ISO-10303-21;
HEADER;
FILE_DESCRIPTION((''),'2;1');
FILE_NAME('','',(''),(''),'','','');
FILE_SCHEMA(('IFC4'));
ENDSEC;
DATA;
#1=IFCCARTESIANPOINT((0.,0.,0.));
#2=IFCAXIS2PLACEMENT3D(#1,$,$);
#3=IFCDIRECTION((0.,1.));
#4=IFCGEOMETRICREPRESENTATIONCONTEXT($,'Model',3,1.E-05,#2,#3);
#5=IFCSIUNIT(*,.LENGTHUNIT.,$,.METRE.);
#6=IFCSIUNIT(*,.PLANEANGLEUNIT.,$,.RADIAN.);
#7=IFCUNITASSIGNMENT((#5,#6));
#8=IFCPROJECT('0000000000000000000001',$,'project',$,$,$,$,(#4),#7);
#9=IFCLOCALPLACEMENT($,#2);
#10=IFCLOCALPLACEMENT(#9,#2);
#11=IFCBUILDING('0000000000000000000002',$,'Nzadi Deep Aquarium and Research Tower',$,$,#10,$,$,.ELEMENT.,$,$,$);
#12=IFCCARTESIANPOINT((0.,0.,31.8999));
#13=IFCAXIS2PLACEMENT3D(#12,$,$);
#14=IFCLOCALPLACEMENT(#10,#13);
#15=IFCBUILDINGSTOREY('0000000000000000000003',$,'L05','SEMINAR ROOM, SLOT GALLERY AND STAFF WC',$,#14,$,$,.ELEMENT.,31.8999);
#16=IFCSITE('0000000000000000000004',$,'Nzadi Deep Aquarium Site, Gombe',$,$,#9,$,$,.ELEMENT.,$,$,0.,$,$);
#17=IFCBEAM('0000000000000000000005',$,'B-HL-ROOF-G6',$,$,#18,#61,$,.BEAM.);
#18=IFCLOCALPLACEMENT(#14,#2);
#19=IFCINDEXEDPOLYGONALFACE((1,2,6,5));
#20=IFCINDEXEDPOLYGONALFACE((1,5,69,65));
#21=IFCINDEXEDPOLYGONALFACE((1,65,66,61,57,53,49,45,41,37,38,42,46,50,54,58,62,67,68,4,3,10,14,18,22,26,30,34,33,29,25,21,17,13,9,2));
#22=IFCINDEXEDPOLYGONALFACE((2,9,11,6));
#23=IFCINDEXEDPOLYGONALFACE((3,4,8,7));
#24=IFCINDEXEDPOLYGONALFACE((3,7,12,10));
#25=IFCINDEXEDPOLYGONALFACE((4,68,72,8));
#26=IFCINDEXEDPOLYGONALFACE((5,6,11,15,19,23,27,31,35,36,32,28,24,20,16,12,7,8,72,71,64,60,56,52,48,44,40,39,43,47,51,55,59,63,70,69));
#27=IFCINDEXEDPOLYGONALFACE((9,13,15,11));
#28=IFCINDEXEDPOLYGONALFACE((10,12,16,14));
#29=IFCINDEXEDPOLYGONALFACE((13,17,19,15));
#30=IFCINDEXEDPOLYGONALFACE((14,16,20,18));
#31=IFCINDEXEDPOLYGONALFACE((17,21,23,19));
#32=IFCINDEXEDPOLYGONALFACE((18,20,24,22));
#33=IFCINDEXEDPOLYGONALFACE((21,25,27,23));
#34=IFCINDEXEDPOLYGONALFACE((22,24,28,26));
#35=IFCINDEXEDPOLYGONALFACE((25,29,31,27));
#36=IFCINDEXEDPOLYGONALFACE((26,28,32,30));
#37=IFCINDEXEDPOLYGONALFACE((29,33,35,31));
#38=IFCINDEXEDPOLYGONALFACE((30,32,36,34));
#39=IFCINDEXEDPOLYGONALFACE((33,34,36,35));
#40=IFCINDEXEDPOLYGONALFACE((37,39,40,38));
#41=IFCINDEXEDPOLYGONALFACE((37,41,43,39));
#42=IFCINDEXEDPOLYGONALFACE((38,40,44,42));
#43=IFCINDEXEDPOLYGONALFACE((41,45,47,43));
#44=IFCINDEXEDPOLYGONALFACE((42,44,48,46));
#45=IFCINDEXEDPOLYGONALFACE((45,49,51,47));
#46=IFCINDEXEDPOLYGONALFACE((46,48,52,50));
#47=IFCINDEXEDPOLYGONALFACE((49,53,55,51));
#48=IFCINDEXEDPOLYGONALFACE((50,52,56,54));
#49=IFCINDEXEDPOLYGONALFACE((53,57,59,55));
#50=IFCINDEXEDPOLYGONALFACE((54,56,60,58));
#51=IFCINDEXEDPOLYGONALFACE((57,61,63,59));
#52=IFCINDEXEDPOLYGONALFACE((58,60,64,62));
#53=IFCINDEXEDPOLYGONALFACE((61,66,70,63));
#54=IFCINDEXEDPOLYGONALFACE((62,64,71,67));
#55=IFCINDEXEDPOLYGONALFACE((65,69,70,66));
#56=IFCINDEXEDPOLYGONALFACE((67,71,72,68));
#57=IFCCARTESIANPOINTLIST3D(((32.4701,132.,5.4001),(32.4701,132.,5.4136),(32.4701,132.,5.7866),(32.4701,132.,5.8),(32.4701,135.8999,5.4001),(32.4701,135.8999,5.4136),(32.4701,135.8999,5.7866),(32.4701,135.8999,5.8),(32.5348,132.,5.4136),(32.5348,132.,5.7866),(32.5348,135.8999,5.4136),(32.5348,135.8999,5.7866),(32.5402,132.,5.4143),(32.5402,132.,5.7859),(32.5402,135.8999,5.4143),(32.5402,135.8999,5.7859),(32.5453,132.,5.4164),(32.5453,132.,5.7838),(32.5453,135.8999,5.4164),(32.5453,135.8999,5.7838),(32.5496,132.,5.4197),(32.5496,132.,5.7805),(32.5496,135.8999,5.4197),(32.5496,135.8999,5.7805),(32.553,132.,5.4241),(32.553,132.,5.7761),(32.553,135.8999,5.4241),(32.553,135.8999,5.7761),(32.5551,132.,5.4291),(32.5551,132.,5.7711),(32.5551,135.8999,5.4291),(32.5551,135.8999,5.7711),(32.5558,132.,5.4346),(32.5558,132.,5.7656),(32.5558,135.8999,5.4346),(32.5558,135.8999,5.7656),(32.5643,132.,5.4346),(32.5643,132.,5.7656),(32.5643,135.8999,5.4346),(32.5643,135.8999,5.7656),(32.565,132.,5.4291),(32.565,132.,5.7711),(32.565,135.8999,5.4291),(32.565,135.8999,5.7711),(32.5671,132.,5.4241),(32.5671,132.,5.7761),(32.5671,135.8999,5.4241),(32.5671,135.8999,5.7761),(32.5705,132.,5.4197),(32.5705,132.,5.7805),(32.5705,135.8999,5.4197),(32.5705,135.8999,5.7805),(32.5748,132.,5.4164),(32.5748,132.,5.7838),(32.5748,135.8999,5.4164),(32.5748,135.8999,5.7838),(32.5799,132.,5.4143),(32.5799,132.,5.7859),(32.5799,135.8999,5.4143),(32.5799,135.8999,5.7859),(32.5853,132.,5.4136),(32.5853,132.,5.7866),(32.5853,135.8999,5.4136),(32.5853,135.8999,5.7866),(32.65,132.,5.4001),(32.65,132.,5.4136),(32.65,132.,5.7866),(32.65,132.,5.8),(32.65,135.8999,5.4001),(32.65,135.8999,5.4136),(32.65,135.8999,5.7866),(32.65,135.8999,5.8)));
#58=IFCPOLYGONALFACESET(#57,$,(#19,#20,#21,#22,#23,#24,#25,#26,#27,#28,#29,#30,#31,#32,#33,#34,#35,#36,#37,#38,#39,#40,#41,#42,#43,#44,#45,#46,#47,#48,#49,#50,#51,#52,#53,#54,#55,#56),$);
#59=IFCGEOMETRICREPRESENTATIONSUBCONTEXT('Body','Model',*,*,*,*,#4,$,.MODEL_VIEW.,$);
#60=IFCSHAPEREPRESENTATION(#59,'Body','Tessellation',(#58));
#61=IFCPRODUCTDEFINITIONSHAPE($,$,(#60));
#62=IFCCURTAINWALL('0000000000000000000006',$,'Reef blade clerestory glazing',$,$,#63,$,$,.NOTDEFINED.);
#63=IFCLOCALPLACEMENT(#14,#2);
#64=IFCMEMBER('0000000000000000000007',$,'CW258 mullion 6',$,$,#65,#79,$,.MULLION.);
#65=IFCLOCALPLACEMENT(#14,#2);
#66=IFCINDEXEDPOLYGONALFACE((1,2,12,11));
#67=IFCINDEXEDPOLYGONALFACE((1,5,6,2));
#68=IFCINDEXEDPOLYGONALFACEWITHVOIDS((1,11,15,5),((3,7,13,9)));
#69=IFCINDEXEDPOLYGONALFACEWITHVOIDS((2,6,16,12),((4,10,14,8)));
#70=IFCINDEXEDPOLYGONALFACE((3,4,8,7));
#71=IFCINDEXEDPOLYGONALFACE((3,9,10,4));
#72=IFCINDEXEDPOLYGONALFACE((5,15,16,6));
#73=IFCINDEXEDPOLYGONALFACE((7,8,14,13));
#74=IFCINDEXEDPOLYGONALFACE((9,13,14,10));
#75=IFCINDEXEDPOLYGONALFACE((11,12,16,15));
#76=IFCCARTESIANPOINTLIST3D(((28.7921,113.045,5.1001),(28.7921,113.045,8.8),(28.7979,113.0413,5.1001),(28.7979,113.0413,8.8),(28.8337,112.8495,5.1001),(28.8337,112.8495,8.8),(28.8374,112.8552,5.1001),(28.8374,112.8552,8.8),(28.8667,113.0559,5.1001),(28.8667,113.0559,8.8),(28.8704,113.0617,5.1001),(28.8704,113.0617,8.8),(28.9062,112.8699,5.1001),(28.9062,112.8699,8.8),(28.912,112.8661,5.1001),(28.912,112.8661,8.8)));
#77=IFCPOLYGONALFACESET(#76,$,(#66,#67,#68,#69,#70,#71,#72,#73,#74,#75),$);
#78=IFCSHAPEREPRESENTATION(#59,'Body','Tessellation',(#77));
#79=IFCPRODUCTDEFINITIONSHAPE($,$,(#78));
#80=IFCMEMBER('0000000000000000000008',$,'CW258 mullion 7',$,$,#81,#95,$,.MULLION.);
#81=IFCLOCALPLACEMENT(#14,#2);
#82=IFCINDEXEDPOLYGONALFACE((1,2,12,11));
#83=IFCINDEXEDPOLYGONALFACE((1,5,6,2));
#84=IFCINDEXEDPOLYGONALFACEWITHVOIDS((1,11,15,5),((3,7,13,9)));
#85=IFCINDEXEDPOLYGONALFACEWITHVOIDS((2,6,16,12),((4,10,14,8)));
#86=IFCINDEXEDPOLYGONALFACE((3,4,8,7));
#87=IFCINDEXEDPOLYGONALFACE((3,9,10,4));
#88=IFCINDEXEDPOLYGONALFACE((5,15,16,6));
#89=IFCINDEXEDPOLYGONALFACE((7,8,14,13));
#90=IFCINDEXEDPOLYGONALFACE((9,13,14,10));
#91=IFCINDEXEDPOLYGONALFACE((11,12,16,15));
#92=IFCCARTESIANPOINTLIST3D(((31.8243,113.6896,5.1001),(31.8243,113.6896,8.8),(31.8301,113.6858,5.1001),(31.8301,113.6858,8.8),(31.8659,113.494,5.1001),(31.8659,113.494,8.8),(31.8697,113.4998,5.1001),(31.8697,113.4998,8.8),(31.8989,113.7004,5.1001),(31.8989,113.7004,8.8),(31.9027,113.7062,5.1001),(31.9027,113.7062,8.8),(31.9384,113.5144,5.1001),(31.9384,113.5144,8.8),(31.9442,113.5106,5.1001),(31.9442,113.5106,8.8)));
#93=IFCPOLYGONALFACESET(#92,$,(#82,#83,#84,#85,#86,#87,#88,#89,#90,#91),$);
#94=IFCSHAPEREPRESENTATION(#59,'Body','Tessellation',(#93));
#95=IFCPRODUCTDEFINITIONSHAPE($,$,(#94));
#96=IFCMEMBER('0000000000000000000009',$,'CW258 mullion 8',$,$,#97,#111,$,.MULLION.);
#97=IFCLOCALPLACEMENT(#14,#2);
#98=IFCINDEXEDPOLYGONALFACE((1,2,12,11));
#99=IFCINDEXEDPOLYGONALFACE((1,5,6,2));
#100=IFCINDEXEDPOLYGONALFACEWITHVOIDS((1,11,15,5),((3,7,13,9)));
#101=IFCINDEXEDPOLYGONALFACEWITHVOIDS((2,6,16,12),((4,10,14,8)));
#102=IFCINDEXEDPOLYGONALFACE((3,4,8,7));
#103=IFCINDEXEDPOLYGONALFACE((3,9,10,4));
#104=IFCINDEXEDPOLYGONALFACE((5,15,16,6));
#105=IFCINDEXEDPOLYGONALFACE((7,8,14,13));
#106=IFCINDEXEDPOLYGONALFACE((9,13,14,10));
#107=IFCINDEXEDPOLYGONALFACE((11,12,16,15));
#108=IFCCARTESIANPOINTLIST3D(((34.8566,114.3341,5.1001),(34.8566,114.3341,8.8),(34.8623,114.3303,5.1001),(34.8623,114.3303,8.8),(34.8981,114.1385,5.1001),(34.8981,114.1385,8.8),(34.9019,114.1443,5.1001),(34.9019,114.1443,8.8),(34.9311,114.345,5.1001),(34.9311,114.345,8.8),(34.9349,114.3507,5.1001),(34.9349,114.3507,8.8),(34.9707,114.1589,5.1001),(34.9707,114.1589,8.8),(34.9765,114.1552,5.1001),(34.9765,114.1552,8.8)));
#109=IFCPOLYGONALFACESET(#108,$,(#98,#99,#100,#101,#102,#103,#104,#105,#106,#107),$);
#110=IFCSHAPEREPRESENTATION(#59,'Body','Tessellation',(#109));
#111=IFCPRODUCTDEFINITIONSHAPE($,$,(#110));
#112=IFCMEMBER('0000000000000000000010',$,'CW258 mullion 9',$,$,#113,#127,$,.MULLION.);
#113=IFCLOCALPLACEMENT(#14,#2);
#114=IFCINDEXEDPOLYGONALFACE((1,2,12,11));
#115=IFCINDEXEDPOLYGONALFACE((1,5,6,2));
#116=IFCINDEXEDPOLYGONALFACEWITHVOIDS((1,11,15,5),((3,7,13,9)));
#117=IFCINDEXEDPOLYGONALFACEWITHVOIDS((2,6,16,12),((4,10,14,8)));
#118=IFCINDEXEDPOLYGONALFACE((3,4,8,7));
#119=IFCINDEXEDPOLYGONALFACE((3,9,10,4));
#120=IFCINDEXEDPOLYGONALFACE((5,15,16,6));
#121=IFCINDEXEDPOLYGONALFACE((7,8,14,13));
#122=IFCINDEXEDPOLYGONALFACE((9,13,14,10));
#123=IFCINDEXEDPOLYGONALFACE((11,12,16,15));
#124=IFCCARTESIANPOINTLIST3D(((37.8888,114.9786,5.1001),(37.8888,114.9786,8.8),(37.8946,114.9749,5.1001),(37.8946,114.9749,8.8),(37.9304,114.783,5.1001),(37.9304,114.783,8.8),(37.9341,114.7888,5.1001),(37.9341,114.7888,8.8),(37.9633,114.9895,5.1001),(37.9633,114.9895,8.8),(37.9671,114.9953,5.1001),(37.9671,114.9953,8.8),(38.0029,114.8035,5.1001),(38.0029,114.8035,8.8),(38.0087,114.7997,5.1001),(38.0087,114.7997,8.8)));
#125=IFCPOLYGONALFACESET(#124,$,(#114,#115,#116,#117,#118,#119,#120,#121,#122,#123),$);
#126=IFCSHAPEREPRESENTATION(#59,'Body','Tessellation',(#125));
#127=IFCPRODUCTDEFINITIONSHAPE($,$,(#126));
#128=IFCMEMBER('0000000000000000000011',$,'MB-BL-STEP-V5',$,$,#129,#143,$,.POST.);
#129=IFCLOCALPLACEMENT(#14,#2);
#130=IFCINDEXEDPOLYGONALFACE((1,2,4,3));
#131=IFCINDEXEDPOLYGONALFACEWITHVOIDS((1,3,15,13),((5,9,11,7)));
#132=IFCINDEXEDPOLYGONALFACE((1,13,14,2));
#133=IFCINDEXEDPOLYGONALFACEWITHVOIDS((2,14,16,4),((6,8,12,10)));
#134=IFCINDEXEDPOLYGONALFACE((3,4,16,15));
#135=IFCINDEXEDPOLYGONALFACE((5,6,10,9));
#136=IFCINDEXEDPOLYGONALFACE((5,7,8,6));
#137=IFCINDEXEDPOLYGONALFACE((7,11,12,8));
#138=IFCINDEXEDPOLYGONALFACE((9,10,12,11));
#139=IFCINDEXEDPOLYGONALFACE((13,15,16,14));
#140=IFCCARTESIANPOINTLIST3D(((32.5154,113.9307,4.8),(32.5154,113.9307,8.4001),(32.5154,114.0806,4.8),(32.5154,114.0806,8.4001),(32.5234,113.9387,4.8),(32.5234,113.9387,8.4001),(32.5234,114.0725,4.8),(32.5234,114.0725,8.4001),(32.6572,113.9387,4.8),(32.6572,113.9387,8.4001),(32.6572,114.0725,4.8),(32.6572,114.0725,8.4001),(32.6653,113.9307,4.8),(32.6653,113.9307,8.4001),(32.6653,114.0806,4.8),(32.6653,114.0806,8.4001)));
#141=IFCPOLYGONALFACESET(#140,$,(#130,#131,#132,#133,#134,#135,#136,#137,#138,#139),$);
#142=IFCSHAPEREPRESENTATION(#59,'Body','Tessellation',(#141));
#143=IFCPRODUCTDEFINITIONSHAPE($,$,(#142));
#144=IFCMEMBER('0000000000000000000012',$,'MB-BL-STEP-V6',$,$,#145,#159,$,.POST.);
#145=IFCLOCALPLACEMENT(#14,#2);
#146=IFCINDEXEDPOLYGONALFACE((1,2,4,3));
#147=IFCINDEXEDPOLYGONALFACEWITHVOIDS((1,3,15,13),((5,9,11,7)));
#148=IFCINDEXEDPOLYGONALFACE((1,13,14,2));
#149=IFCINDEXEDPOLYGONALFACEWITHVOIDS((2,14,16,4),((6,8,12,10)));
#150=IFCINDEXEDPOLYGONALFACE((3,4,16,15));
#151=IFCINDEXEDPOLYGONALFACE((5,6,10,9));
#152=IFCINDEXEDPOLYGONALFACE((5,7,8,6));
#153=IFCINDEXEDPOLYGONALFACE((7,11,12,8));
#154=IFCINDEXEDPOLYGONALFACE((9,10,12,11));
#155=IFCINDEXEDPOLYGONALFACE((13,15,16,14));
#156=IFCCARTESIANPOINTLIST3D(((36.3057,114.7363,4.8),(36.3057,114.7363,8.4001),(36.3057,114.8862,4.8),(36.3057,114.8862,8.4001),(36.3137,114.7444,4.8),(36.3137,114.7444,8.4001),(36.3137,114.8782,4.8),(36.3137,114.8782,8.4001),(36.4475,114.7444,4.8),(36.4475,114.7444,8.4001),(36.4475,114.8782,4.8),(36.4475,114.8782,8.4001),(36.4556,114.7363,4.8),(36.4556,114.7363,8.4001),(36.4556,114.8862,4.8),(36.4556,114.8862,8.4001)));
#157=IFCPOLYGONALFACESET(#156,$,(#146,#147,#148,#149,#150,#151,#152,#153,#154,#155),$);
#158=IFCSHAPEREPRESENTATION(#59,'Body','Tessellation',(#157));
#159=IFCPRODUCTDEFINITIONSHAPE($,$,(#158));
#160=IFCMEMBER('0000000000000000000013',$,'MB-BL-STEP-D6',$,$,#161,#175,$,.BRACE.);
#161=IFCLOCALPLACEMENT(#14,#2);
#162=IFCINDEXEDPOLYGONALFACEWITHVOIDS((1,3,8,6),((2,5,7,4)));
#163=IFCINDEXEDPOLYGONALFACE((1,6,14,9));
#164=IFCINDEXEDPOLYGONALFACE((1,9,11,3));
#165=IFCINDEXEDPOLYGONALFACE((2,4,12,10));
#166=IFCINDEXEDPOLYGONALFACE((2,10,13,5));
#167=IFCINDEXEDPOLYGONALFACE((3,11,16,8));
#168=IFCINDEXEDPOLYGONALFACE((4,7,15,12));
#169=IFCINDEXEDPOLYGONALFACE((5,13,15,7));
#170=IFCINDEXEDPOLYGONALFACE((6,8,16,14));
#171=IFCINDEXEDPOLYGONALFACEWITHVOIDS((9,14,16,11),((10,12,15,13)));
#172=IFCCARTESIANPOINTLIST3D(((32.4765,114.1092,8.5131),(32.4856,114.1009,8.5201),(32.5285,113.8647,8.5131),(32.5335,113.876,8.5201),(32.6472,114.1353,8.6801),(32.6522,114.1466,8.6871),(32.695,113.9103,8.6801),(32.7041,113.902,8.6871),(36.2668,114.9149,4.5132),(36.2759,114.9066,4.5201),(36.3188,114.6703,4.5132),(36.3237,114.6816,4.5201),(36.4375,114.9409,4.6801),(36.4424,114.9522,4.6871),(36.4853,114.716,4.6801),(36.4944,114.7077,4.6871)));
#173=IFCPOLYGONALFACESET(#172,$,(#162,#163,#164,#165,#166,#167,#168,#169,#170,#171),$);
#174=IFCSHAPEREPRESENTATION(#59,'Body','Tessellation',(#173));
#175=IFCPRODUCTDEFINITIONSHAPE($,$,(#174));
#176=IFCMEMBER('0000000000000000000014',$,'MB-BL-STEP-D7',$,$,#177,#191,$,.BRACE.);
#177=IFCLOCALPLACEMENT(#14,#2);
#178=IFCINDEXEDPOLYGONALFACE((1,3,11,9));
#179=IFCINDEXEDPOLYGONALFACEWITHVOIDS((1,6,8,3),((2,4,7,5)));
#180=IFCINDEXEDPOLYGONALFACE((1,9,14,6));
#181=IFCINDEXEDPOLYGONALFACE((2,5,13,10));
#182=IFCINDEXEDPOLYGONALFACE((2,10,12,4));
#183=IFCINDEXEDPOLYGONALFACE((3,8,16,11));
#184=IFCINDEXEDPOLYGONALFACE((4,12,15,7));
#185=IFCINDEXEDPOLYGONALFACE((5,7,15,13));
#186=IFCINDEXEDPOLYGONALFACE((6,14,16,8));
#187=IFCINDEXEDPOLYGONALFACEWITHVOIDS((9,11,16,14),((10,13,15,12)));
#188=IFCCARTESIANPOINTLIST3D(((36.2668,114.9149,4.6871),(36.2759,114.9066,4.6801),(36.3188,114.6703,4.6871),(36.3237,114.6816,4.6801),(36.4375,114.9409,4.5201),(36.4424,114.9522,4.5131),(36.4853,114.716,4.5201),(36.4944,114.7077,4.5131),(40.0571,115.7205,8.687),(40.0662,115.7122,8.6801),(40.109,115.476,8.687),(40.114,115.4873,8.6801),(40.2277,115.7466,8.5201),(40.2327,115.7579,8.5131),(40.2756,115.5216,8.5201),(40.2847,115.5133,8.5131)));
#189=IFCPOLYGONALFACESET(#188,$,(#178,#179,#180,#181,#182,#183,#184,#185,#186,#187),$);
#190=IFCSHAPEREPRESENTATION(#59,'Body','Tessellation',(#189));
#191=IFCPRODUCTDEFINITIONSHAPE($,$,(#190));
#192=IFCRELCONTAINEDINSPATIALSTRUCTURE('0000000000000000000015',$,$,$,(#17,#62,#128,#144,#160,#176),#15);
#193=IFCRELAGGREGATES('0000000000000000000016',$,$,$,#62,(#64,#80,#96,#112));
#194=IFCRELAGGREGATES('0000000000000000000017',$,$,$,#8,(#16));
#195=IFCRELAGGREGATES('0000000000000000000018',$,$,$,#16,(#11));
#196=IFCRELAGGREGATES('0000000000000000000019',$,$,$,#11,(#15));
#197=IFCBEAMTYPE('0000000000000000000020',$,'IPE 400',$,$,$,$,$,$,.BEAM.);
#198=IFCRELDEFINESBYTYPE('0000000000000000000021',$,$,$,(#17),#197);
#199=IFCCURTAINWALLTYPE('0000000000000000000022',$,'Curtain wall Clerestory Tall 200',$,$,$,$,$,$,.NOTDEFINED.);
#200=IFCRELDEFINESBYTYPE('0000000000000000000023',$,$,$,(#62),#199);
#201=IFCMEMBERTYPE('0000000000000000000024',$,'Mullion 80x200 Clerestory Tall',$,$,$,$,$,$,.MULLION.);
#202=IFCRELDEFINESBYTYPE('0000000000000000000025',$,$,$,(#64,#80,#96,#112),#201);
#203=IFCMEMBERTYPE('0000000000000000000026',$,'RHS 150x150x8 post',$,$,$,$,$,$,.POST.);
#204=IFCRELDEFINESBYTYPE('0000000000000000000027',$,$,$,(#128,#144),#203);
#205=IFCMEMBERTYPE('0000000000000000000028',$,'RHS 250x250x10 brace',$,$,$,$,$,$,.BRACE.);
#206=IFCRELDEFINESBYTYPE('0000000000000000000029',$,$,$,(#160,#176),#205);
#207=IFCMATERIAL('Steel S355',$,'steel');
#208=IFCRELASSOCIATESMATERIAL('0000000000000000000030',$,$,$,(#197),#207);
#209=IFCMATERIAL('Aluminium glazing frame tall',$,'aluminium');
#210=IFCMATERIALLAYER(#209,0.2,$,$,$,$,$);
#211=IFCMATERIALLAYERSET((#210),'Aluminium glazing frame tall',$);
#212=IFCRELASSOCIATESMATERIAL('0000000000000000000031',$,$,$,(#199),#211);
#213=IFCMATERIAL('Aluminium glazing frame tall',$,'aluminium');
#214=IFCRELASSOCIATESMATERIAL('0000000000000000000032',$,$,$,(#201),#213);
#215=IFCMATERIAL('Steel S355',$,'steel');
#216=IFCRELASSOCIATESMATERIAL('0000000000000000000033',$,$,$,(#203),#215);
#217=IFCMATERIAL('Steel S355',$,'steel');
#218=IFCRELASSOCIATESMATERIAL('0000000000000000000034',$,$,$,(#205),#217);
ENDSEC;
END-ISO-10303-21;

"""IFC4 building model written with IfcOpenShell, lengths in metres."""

from ifc_helpers import new_model, si_unit, direction, frame, origin, origin_2d, place, context, subcontext, project, spatial, hollow_rectangle, i_section, extrude, material, layer, layer_set, material_profile, profile_set, type_object, element, aggregate, save


model = new_model("IFC4")

# Units and contexts
model_context = context("Model", 3, precision=1e-05, world=origin(), true_north=direction((0.0, 1.0)))
body_context = subcontext(model_context, "Body", "Model", "MODEL_VIEW")
ifc_project = project(units=[si_unit("LENGTHUNIT", "METRE"), si_unit("PLANEANGLEUNIT", "RADIAN")], contexts=[model_context])

# Site, building, storey
site_placement = place(None, origin())
site = spatial("IfcSite", under=ifc_project, at=site_placement, Name="Nzadi Deep Aquarium Site, Gombe", CompositionType="ELEMENT", RefElevation=0.0)
building_placement = place(site_placement, origin())
building = spatial("IfcBuilding", under=site, at=building_placement, Name="Nzadi Deep Aquarium and Research Tower", CompositionType="ELEMENT")
storey_placement = place(building_placement, frame((0.0, 0.0, 31.8999)))
storey = spatial("IfcBuildingStorey", under=building, at=storey_placement, Name="L05", Description="SEMINAR ROOM, SLOT GALLERY AND STAFF WC", CompositionType="ELEMENT", Elevation=31.8999)

# Beam
ifc_material_1 = material(Name="Steel S355", Category="steel")
ifc_material_profile_1 = material_profile(ifc_material_1, i_section(OverallWidth=0.1799, OverallDepth=0.3999, WebThickness=0.0085, FlangeThickness=0.0134, FilletRadius=0.021, at=origin_2d()))
ifc_profile_set_1 = profile_set([ifc_material_profile_1], Name="Steel S355")
beam_type = type_object("IfcBeamType", Name="IPE 400", PredefinedType="BEAM", material=ifc_profile_set_1)
beam_placement = place(storey_placement, frame((32.5601, 132.0, 5.6001), z_axis=(0.0, 1.0, 0.0), x_axis=(-1.0, 0.0, 0.0)))
element("IfcBeam", 1, at=beam_placement, inside=storey, type_object=beam_type, Name="B-HL-ROOF-G6", PredefinedType="BEAM", context=body_context, shape_type="SweptSolid", body=[
    extrude(i_section(OverallWidth=0.1799, OverallDepth=0.3999, WebThickness=0.0085, FlangeThickness=0.0134, FilletRadius=0.021, at=origin_2d()), origin(), (0.0, 0.0, 1.0), 3.8999),
])

# Curtain wall, members
ifc_material_2 = material(Name="Aluminium glazing frame tall", Category="aluminium")
ifc_layer_1 = layer(ifc_material_2, 0.2)
ifc_layer_set_1 = layer_set([ifc_layer_1], Name="Aluminium glazing frame tall")
curtain_wall_type = type_object("IfcCurtainWallType", Name="Curtain wall Clerestory Tall 200", PredefinedType="NOTDEFINED", material=ifc_layer_set_1)
curtain_wall_placement = place(storey_placement, origin())
curtain_wall = element("IfcCurtainWall", 2, at=curtain_wall_placement, inside=storey, type_object=curtain_wall_type, Name="Reef blade clerestory glazing", PredefinedType="NOTDEFINED")
ifc_material_3 = material(Name="Aluminium glazing frame tall", Category="aluminium")
ifc_material_profile_2 = material_profile(ifc_material_3, hollow_rectangle(XDim=0.2, YDim=0.0801, WallThickness=0.0049, at=origin_2d()))
ifc_profile_set_2 = profile_set([ifc_material_profile_2], Name="Aluminium glazing frame tall")
member_type_1 = type_object("IfcMemberType", Name="Mullion 80x200 Clerestory Tall", PredefinedType="MULLION", material=ifc_profile_set_2)
member_1_placement = place(storey_placement, frame((28.8521, 112.9556, 5.1001), z_axis=(0.0, 0.0, 1.0), x_axis=(-0.207912, 0.978148, 0.0)))
member_1 = element("IfcMember", 3, at=member_1_placement, type_object=member_type_1, Name="CW258 mullion 6", PredefinedType="MULLION", context=body_context, shape_type="SweptSolid", body=[
    extrude(hollow_rectangle(XDim=0.2, YDim=0.0801, WallThickness=0.0049, at=origin_2d()), origin(), (0.0, 0.0, 1.0), 3.7),
])
member_2_placement = place(storey_placement, frame((31.8843, 113.6001, 5.1001), z_axis=(0.0, 0.0, 1.0), x_axis=(-0.207912, 0.978148, 0.0)))
member_2 = element("IfcMember", 4, at=member_2_placement, type_object=member_type_1, Name="CW258 mullion 7", PredefinedType="MULLION", context=body_context, shape_type="SweptSolid", body=[
    extrude(hollow_rectangle(XDim=0.2, YDim=0.0801, WallThickness=0.0049, at=origin_2d()), origin(), (0.0, 0.0, 1.0), 3.7),
])
member_3_placement = place(storey_placement, frame((34.9165, 114.2446, 5.1001), z_axis=(0.0, 0.0, 1.0), x_axis=(-0.207912, 0.978148, 0.0)))
member_3 = element("IfcMember", 5, at=member_3_placement, type_object=member_type_1, Name="CW258 mullion 8", PredefinedType="MULLION", context=body_context, shape_type="SweptSolid", body=[
    extrude(hollow_rectangle(XDim=0.2, YDim=0.0801, WallThickness=0.0049, at=origin_2d()), origin(), (0.0, 0.0, 1.0), 3.7),
])
member_4_placement = place(storey_placement, frame((37.9487, 114.8892, 5.1001), z_axis=(0.0, 0.0, 1.0), x_axis=(-0.207912, 0.978148, 0.0)))
member_4 = element("IfcMember", 6, at=member_4_placement, type_object=member_type_1, Name="CW258 mullion 9", PredefinedType="MULLION", context=body_context, shape_type="SweptSolid", body=[
    extrude(hollow_rectangle(XDim=0.2, YDim=0.0801, WallThickness=0.0049, at=origin_2d()), origin(), (0.0, 0.0, 1.0), 3.7),
])

# Members
ifc_material_4 = material(Name="Steel S355", Category="steel")
ifc_material_profile_3 = material_profile(ifc_material_4, hollow_rectangle(XDim=0.1499, YDim=0.1499, WallThickness=0.0081, at=origin_2d()))
ifc_profile_set_3 = profile_set([ifc_material_profile_3], Name="Steel S355")
member_type_2 = type_object("IfcMemberType", Name="RHS 150x150x8 post", PredefinedType="POST", material=ifc_profile_set_3)
for number, where, z_axis, x_axis, name in (
    (7, (32.5903, 114.0056, 4.8), (0.0, 0.0, 1.0), (1.0, 0.0, 0.0), "MB-BL-STEP-V5"),
    (8, (36.3806, 114.8113, 4.8), (0.0, 0.0, 1.0), (1.0, 0.0, 0.0), "MB-BL-STEP-V6"),
):
    element("IfcMember", number, at=place(storey_placement, frame(where, z_axis=z_axis, x_axis=x_axis)), inside=storey, type_object=member_type_2, Name=name, PredefinedType="POST", context=body_context, shape_type="SweptSolid", body=[
        extrude(hollow_rectangle(XDim=0.1499, YDim=0.1499, WallThickness=0.0081, at=origin_2d()), origin(), (0.0, 0.0, 1.0), 3.6001),
    ])
ifc_material_5 = material(Name="Steel S355", Category="steel")
ifc_material_profile_4 = material_profile(ifc_material_5, hollow_rectangle(XDim=0.25, YDim=0.25, WallThickness=0.01, at=origin_2d()))
ifc_profile_set_4 = profile_set([ifc_material_profile_4], Name="Steel S355")
member_type_3 = type_object("IfcMemberType", Name="RHS 250x250x10 brace", PredefinedType="BRACE", material=ifc_profile_set_4)
for number, where, z_axis, x_axis, name in (
    (9, (32.5903, 114.0056, 8.6001), (0.680587, 0.144666, -0.718244), (-0.207915, 0.978147, 0.0), "MB-BL-STEP-D6"),
    (10, (36.3806, 114.8113, 4.6001), (0.680587, 0.144666, 0.718244), (-0.207915, 0.978147, 0.0), "MB-BL-STEP-D7"),
):
    element("IfcMember", number, at=place(storey_placement, frame(where, z_axis=z_axis, x_axis=x_axis)), inside=storey, type_object=member_type_3, Name=name, PredefinedType="BRACE", context=body_context, shape_type="SweptSolid", body=[
        extrude(hollow_rectangle(XDim=0.25, YDim=0.25, WallThickness=0.01, at=origin_2d()), origin(), (0.0, 0.0, 1.0), 5.5691),
    ])

aggregate(curtain_wall, [member_1, member_2, member_3, member_4])

save(model, "model.ifc")
